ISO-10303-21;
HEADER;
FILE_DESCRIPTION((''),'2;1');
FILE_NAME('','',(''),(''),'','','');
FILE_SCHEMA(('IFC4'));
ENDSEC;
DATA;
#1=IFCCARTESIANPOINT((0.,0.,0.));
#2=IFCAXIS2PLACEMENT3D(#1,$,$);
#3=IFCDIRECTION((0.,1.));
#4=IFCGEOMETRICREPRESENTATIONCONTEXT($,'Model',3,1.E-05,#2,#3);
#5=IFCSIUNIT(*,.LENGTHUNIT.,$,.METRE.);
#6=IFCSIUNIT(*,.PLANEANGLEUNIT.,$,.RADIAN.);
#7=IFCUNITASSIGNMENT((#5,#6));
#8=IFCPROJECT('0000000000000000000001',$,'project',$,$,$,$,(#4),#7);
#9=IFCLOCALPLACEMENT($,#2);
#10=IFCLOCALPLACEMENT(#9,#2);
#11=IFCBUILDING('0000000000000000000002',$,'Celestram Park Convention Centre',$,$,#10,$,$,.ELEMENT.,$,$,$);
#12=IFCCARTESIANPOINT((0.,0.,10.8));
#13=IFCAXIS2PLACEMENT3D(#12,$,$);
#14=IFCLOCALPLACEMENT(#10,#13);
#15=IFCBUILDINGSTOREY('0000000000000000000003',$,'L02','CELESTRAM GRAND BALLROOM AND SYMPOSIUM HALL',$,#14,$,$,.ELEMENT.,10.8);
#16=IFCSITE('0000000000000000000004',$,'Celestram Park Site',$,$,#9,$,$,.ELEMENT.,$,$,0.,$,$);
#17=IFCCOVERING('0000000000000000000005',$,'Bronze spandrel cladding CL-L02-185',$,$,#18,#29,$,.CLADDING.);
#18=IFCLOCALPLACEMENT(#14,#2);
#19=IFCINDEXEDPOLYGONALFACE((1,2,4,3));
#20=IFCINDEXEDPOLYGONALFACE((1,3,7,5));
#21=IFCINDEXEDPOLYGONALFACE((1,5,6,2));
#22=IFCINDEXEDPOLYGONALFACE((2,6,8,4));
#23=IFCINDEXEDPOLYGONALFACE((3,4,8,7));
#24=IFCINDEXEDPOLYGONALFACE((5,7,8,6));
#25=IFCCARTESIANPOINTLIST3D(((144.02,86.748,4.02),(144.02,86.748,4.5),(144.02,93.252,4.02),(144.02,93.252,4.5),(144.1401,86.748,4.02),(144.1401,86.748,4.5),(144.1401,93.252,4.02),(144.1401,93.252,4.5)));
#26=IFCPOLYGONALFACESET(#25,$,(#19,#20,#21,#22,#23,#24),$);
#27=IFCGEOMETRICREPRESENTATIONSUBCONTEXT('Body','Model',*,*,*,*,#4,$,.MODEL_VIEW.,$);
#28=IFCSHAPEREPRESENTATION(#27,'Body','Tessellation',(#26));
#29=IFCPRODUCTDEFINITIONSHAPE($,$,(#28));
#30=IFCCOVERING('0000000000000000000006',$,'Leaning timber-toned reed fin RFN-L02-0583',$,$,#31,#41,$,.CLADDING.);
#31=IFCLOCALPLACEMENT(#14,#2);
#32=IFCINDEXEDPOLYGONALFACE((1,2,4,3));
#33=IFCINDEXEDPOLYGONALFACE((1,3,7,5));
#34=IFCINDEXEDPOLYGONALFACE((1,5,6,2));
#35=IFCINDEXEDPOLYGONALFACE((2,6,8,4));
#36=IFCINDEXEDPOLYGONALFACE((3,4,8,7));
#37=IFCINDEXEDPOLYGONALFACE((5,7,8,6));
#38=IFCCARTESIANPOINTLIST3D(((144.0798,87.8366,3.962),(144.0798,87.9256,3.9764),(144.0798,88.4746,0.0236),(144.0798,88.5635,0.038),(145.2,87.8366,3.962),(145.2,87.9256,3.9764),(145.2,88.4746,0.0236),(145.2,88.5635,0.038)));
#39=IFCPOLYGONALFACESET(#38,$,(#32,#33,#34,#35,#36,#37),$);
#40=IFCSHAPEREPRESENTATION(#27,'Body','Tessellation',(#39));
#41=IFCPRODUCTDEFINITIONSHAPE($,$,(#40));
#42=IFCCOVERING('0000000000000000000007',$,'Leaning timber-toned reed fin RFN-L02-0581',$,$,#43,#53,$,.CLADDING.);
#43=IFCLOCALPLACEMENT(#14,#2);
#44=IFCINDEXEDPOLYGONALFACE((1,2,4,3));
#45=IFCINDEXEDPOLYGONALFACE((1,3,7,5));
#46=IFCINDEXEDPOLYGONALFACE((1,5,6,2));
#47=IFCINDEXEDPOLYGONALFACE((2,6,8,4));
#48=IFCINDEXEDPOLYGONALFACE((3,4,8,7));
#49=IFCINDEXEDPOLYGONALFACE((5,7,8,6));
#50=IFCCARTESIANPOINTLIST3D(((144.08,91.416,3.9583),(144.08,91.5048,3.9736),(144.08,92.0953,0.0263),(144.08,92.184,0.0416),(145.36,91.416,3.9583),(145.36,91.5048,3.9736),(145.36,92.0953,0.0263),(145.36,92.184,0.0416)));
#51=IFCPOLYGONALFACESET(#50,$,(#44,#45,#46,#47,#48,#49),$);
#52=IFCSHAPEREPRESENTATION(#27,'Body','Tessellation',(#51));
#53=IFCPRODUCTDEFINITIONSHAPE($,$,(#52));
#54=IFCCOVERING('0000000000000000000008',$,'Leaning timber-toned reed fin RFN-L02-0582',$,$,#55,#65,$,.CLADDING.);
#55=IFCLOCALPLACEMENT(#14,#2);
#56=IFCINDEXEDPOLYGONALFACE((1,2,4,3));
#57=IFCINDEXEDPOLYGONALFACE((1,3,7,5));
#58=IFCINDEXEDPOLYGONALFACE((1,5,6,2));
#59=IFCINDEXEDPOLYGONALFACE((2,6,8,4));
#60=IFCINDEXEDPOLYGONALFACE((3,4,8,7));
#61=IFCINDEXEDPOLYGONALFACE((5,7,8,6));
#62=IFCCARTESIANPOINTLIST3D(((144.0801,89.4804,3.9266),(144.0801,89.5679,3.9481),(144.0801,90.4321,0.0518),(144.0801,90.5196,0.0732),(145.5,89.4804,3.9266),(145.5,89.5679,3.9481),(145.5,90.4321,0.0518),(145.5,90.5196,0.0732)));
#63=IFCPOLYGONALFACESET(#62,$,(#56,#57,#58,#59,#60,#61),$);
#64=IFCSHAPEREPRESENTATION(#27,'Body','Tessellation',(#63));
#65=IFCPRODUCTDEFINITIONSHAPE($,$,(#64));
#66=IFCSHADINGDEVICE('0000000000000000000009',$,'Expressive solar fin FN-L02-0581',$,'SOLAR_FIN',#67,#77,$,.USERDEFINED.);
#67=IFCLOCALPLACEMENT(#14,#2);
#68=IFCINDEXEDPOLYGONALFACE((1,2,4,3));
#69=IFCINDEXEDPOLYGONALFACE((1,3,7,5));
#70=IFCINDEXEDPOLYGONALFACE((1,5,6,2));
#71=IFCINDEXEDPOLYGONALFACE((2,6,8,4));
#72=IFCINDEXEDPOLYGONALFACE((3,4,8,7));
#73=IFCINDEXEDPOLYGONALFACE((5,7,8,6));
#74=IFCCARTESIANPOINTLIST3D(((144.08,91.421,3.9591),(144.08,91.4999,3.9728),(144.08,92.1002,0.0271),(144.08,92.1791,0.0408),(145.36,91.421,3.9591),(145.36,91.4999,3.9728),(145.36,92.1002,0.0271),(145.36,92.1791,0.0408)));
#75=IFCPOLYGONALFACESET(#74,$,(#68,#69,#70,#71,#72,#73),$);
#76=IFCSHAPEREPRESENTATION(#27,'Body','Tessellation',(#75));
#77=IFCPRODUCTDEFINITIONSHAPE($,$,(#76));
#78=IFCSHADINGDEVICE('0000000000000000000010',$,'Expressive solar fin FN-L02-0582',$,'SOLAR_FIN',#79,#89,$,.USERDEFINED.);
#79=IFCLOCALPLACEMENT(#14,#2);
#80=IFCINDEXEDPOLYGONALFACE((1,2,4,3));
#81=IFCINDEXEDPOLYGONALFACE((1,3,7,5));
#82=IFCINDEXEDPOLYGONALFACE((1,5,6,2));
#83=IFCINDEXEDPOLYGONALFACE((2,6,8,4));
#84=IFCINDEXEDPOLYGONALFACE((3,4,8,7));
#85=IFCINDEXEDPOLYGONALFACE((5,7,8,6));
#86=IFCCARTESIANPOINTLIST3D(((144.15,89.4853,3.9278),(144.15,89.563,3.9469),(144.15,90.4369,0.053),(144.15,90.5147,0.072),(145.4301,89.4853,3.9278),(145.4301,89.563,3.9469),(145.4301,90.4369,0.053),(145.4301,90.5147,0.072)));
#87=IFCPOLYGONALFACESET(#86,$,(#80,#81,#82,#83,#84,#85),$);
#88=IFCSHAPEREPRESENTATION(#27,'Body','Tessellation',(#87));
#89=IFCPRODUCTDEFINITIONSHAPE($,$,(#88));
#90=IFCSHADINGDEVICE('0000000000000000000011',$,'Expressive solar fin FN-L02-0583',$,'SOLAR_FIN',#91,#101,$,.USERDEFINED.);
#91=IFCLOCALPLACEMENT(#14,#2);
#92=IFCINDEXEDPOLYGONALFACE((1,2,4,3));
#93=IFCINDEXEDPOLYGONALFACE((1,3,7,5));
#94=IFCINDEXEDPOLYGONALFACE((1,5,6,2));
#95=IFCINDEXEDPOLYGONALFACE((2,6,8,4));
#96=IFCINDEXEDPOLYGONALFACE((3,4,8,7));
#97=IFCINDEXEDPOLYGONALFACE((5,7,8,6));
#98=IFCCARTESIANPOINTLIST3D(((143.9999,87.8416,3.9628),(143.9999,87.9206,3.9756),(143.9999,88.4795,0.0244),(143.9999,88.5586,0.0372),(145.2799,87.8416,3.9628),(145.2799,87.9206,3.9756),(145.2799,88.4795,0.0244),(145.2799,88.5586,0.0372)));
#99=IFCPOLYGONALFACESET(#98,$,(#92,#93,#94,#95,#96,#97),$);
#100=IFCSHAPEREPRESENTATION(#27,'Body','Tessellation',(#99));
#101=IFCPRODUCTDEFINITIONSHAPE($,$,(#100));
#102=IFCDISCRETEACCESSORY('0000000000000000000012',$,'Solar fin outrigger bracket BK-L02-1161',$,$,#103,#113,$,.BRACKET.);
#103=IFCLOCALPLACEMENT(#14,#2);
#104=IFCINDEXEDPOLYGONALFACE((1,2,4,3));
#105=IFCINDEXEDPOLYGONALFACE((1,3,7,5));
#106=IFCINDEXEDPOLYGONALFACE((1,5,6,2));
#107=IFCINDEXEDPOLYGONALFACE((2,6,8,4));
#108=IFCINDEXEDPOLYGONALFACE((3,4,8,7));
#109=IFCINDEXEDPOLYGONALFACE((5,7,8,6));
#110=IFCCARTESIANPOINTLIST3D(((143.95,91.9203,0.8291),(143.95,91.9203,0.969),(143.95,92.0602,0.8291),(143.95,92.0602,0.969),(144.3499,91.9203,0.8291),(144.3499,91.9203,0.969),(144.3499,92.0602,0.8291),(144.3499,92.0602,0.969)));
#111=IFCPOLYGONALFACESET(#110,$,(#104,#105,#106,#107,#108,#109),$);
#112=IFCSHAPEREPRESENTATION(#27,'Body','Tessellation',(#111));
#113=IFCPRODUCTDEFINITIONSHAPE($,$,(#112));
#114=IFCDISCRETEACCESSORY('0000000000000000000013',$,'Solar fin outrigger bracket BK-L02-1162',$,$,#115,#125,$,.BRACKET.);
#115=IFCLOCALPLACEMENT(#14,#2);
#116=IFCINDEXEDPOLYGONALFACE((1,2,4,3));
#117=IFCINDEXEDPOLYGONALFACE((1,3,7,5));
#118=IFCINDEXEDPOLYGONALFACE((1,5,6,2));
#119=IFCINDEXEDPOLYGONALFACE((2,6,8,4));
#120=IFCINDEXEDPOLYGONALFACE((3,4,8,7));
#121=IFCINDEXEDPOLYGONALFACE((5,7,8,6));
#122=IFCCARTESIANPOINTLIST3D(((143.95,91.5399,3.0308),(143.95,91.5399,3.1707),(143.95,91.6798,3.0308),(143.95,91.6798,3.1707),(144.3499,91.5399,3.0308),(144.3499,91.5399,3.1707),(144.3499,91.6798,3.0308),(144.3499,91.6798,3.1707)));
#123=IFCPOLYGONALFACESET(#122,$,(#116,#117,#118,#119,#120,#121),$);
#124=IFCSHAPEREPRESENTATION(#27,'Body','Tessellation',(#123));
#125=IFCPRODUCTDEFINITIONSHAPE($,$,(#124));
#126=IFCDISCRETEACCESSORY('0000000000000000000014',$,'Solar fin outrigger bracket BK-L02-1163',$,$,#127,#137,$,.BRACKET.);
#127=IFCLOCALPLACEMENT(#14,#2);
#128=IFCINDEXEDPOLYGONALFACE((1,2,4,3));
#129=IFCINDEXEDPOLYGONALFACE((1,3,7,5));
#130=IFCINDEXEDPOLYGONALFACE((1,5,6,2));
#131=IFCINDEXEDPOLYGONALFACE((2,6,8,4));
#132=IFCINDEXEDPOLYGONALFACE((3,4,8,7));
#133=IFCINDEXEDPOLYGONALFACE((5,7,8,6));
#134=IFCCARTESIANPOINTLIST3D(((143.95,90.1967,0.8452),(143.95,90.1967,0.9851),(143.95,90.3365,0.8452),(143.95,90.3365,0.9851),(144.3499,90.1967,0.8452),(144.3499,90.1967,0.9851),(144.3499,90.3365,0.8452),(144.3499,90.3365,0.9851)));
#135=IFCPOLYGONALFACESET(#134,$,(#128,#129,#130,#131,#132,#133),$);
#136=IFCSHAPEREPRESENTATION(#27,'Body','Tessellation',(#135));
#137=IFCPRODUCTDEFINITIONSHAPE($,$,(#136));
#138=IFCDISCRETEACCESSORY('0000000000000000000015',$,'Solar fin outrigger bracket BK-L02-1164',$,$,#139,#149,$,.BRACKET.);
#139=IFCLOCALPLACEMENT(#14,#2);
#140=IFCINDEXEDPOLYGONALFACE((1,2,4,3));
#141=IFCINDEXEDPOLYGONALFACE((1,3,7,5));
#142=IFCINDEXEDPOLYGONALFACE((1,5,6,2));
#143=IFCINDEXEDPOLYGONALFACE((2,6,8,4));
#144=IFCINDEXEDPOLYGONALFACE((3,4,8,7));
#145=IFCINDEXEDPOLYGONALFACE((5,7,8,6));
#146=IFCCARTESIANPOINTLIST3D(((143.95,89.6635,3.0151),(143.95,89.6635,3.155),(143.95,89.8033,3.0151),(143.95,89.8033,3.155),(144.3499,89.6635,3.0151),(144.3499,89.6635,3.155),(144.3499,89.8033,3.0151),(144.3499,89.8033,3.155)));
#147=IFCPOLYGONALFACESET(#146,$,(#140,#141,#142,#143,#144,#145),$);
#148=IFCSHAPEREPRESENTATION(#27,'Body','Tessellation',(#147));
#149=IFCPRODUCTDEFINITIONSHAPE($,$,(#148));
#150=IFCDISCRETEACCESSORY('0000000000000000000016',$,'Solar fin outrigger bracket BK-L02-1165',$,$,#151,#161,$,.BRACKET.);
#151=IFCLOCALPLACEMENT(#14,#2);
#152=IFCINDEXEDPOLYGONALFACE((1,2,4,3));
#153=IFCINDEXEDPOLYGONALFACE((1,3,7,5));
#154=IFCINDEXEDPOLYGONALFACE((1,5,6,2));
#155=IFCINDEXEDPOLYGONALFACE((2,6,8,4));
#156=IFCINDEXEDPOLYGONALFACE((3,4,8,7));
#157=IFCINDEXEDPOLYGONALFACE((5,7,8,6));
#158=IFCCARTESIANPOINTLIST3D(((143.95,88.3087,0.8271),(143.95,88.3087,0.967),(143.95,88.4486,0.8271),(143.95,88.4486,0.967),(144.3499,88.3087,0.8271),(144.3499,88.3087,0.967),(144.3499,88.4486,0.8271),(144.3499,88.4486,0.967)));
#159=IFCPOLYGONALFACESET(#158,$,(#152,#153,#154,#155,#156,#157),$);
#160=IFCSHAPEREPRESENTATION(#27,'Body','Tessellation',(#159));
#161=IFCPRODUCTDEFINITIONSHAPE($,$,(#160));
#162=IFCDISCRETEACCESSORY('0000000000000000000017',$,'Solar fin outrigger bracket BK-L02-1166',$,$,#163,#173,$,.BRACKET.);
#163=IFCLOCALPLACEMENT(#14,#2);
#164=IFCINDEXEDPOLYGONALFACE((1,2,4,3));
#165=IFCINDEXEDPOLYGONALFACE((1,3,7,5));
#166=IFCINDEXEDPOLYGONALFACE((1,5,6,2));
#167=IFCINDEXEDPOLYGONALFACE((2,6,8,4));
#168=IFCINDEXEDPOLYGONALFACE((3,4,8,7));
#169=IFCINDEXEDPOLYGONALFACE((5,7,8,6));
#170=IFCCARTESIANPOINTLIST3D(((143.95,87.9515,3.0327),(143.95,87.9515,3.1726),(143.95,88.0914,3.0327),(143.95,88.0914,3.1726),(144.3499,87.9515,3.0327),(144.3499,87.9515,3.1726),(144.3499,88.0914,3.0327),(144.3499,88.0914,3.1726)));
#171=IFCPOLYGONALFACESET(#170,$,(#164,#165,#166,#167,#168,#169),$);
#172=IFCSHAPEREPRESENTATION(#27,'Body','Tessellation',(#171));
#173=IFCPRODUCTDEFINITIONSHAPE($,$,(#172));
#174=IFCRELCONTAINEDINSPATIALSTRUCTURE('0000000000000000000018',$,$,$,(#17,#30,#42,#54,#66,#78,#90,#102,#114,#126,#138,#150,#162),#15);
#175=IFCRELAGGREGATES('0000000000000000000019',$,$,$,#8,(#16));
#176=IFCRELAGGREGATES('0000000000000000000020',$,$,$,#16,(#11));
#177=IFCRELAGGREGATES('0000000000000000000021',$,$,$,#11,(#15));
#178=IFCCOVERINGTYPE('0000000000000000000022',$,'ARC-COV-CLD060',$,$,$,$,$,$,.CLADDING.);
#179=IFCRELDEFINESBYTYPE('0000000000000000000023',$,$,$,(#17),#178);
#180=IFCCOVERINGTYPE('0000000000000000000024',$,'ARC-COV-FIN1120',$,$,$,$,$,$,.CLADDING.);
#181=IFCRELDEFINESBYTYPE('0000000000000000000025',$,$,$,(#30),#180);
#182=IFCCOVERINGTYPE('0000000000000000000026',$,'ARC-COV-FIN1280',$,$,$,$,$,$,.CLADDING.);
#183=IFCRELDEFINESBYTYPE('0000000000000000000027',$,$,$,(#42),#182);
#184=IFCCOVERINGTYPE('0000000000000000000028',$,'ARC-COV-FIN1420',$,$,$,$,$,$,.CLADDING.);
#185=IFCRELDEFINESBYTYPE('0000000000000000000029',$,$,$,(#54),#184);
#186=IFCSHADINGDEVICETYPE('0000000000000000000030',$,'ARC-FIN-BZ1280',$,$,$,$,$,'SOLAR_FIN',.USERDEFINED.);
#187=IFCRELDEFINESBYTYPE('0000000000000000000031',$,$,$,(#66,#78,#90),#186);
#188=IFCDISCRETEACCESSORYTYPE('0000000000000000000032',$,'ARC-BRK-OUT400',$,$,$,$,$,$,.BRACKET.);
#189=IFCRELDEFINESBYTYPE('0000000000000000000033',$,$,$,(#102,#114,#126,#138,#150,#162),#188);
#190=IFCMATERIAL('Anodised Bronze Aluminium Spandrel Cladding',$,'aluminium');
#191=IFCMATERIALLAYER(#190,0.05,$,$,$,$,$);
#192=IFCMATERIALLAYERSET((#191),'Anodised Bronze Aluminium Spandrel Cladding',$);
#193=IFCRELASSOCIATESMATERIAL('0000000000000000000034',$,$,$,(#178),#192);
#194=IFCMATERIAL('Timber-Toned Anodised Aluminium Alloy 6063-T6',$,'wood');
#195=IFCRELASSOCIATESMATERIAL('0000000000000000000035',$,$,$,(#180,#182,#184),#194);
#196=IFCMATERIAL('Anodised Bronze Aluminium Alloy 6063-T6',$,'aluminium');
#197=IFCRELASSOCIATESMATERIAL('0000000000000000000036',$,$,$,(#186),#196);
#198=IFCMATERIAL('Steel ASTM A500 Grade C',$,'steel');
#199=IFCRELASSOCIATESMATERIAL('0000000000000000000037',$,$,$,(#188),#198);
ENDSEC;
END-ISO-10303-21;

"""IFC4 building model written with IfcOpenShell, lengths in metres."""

from ifc_helpers import new_model, si_unit, direction, frame, origin, origin_2d, place, context, subcontext, project, spatial, rectangle, extrude, material, layer, layer_set, material_profile, profile_set, type_object, element, save


model = new_model("IFC4")

# Units and contexts
model_context = context("Model", 3, precision=1e-05, world=origin(), true_north=direction((0.0, 1.0)))
body_context = subcontext(model_context, "Body", "Model", "MODEL_VIEW")
ifc_project = project(units=[si_unit("LENGTHUNIT", "METRE"), si_unit("PLANEANGLEUNIT", "RADIAN")], contexts=[model_context])

# Site, building, storey
site_placement = place(None, origin())
site = spatial("IfcSite", under=ifc_project, at=site_placement, Name="Celestram Park Site", CompositionType="ELEMENT", RefElevation=0.0)
building_placement = place(site_placement, origin())
building = spatial("IfcBuilding", under=site, at=building_placement, Name="Celestram Park Convention Centre", CompositionType="ELEMENT")
storey_placement = place(building_placement, frame((0.0, 0.0, 10.8)))
storey = spatial("IfcBuildingStorey", under=building, at=storey_placement, Name="L02", Description="CELESTRAM GRAND BALLROOM AND SYMPOSIUM HALL", CompositionType="ELEMENT", Elevation=10.8)

# Coverings
ifc_material_1 = material(Name="Anodised Bronze Aluminium Spandrel Cladding", Category="aluminium")
ifc_layer_1 = layer(ifc_material_1, 0.05)
ifc_layer_set_1 = layer_set([ifc_layer_1], Name="Anodised Bronze Aluminium Spandrel Cladding")
covering_type_1 = type_object("IfcCoveringType", Name="ARC-COV-CLD060", PredefinedType="CLADDING", material=ifc_layer_set_1)
covering_1_placement = place(storey_placement, frame((144.0801, 90.0, 4.02), z_axis=(0.0, 0.0, 1.0), x_axis=(0.0, -1.0, 0.0)))
element("IfcCovering", 1, at=covering_1_placement, inside=storey, type_object=covering_type_1, Name="Bronze spandrel cladding CL-L02-185", PredefinedType="CLADDING", context=body_context, shape_type="SweptSolid", body=[
    extrude(rectangle(XDim=6.5039, YDim=0.1201, at=origin_2d()), origin(), (0.0, 0.0, 1.0), 0.48),
])
ifc_material_2 = material(Name="Timber-Toned Anodised Aluminium Alloy 6063-T6", Category="wood")
ifc_material_profile_1 = material_profile(ifc_material_2, rectangle(XDim=1.1201, YDim=0.0901, at=origin_2d()), Name="REED1120X90")
ifc_profile_set_1 = profile_set([ifc_material_profile_1], Name="Timber-Toned Anodised Aluminium Alloy 6063-T6")
covering_type_2 = type_object("IfcCoveringType", Name="ARC-COV-FIN1120", PredefinedType="CLADDING", material=ifc_profile_set_1)
covering_2_placement = place(storey_placement, frame((144.6399, 88.519, 0.0308), z_axis=(0.0, -0.159892, 0.987134), x_axis=(1.0, 0.0, 0.0)))
element("IfcCovering", 2, at=covering_2_placement, inside=storey, type_object=covering_type_2, Name="Leaning timber-toned reed fin RFN-L02-0583", PredefinedType="CLADDING", context=body_context, shape_type="SweptSolid", body=[
    extrude(rectangle(XDim=1.1201, YDim=0.0901, at=origin_2d()), origin(), (0.0, 0.0, 1.0), 3.9897),
])
ifc_material_profile_2 = material_profile(ifc_material_2, rectangle(XDim=1.28, YDim=0.0901, at=origin_2d()), Name="REED1280X90")
ifc_profile_set_2 = profile_set([ifc_material_profile_2], Name="Timber-Toned Anodised Aluminium Alloy 6063-T6")
covering_type_3 = type_object("IfcCoveringType", Name="ARC-COV-FIN1280", PredefinedType="CLADDING", material=ifc_profile_set_2)
covering_3_placement = place(storey_placement, frame((144.72, 92.1396, 0.0339), z_axis=(0.0, -0.17022, 0.985406), x_axis=(1.0, 0.0, 0.0)))
element("IfcCovering", 3, at=covering_3_placement, inside=storey, type_object=covering_type_3, Name="Leaning timber-toned reed fin RFN-L02-0581", PredefinedType="CLADDING", context=body_context, shape_type="SweptSolid", body=[
    extrude(rectangle(XDim=1.28, YDim=0.0901, at=origin_2d()), origin(), (0.0, 0.0, 1.0), 3.9902),
])
ifc_material_profile_3 = material_profile(ifc_material_2, rectangle(XDim=1.4199, YDim=0.0901, at=origin_2d()), Name="REED1420X90")
ifc_profile_set_3 = profile_set([ifc_material_profile_3], Name="Timber-Toned Anodised Aluminium Alloy 6063-T6")
covering_type_4 = type_object("IfcCoveringType", Name="ARC-COV-FIN1420", PredefinedType="CLADDING", material=ifc_profile_set_3)
covering_4_placement = place(storey_placement, frame((144.79, 90.4758, 0.0625), z_axis=(0.0, -0.238517, 0.971138), x_axis=(1.0, 0.0, 0.0)))
element("IfcCovering", 4, at=covering_4_placement, inside=storey, type_object=covering_type_4, Name="Leaning timber-toned reed fin RFN-L02-0582", PredefinedType="CLADDING", context=body_context, shape_type="SweptSolid", body=[
    extrude(rectangle(XDim=1.4199, YDim=0.0901, at=origin_2d()), origin(), (0.0, 0.0, 1.0), 3.99),
])

# Shading devices
ifc_material_3 = material(Name="Anodised Bronze Aluminium Alloy 6063-T6", Category="aluminium")
ifc_material_profile_4 = material_profile(ifc_material_3, rectangle(XDim=1.28, YDim=0.0801, at=origin_2d()), Name="FIN1280X80")
ifc_profile_set_4 = profile_set([ifc_material_profile_4], Name="Anodised Bronze Aluminium Alloy 6063-T6")
shading_device_type = type_object("IfcShadingDeviceType", Name="ARC-FIN-BZ1280", ElementType="SOLAR_FIN", PredefinedType="USERDEFINED", material=ifc_profile_set_4)
shading_device_1_placement = place(storey_placement, frame((144.72, 92.1396, 0.0339), z_axis=(0.0, -0.17022, 0.985406), x_axis=(1.0, 0.0, 0.0)))
element("IfcShadingDevice", 5, at=shading_device_1_placement, inside=storey, type_object=shading_device_type, Name="Expressive solar fin FN-L02-0581", ObjectType="SOLAR_FIN", PredefinedType="USERDEFINED", context=body_context, shape_type="SweptSolid", body=[
    extrude(rectangle(XDim=1.28, YDim=0.0801, at=origin_2d()), origin(), (0.0, 0.0, 1.0), 3.9902),
])
shading_device_2_placement = place(storey_placement, frame((144.79, 90.4758, 0.0625), z_axis=(0.0, -0.238517, 0.971138), x_axis=(1.0, 0.0, 0.0)))
element("IfcShadingDevice", 6, at=shading_device_2_placement, inside=storey, type_object=shading_device_type, Name="Expressive solar fin FN-L02-0582", ObjectType="SOLAR_FIN", PredefinedType="USERDEFINED", context=body_context, shape_type="SweptSolid", body=[
    extrude(rectangle(XDim=1.28, YDim=0.0801, at=origin_2d()), origin(), (0.0, 0.0, 1.0), 3.99),
])
shading_device_3_placement = place(storey_placement, frame((144.6399, 88.519, 0.0308), z_axis=(0.0, -0.159892, 0.987134), x_axis=(1.0, 0.0, 0.0)))
element("IfcShadingDevice", 7, at=shading_device_3_placement, inside=storey, type_object=shading_device_type, Name="Expressive solar fin FN-L02-0583", ObjectType="SOLAR_FIN", PredefinedType="USERDEFINED", context=body_context, shape_type="SweptSolid", body=[
    extrude(rectangle(XDim=1.28, YDim=0.0801, at=origin_2d()), origin(), (0.0, 0.0, 1.0), 3.9897),
])

# Discrete accessories
ifc_material_4 = material(Name="Steel ASTM A500 Grade C", Category="steel")
discrete_accessory_type = type_object("IfcDiscreteAccessoryType", Name="ARC-BRK-OUT400", PredefinedType="BRACKET", material=ifc_material_4)
for number, where, z_axis, x_axis, name in (
    (8, (144.1499, 91.9902, 0.8291), (0.0, 0.0, 1.0), (1.0, 0.0, 0.0), "Solar fin outrigger bracket BK-L02-1161"),
    (9, (144.1499, 91.6099, 3.0308), (0.0, 0.0, 1.0), (1.0, 0.0, 0.0), "Solar fin outrigger bracket BK-L02-1162"),
    (10, (144.1499, 90.2666, 0.8452), (0.0, 0.0, 1.0), (1.0, 0.0, 0.0), "Solar fin outrigger bracket BK-L02-1163"),
    (11, (144.1499, 89.7334, 3.0151), (0.0, 0.0, 1.0), (1.0, 0.0, 0.0), "Solar fin outrigger bracket BK-L02-1164"),
    (12, (144.1499, 88.3787, 0.8271), (0.0, 0.0, 1.0), (1.0, 0.0, 0.0), "Solar fin outrigger bracket BK-L02-1165"),
    (13, (144.1499, 88.0215, 3.0327), (0.0, 0.0, 1.0), (1.0, 0.0, 0.0), "Solar fin outrigger bracket BK-L02-1166"),
):
    element("IfcDiscreteAccessory", number, at=place(storey_placement, frame(where, z_axis=z_axis, x_axis=x_axis)), inside=storey, type_object=discrete_accessory_type, Name=name, PredefinedType="BRACKET", context=body_context, shape_type="SweptSolid", body=[
        extrude(rectangle(XDim=0.3999, YDim=0.1399, at=origin_2d()), origin(), (0.0, 0.0, 1.0), 0.1399),
    ])

save(model, "model.ifc")
